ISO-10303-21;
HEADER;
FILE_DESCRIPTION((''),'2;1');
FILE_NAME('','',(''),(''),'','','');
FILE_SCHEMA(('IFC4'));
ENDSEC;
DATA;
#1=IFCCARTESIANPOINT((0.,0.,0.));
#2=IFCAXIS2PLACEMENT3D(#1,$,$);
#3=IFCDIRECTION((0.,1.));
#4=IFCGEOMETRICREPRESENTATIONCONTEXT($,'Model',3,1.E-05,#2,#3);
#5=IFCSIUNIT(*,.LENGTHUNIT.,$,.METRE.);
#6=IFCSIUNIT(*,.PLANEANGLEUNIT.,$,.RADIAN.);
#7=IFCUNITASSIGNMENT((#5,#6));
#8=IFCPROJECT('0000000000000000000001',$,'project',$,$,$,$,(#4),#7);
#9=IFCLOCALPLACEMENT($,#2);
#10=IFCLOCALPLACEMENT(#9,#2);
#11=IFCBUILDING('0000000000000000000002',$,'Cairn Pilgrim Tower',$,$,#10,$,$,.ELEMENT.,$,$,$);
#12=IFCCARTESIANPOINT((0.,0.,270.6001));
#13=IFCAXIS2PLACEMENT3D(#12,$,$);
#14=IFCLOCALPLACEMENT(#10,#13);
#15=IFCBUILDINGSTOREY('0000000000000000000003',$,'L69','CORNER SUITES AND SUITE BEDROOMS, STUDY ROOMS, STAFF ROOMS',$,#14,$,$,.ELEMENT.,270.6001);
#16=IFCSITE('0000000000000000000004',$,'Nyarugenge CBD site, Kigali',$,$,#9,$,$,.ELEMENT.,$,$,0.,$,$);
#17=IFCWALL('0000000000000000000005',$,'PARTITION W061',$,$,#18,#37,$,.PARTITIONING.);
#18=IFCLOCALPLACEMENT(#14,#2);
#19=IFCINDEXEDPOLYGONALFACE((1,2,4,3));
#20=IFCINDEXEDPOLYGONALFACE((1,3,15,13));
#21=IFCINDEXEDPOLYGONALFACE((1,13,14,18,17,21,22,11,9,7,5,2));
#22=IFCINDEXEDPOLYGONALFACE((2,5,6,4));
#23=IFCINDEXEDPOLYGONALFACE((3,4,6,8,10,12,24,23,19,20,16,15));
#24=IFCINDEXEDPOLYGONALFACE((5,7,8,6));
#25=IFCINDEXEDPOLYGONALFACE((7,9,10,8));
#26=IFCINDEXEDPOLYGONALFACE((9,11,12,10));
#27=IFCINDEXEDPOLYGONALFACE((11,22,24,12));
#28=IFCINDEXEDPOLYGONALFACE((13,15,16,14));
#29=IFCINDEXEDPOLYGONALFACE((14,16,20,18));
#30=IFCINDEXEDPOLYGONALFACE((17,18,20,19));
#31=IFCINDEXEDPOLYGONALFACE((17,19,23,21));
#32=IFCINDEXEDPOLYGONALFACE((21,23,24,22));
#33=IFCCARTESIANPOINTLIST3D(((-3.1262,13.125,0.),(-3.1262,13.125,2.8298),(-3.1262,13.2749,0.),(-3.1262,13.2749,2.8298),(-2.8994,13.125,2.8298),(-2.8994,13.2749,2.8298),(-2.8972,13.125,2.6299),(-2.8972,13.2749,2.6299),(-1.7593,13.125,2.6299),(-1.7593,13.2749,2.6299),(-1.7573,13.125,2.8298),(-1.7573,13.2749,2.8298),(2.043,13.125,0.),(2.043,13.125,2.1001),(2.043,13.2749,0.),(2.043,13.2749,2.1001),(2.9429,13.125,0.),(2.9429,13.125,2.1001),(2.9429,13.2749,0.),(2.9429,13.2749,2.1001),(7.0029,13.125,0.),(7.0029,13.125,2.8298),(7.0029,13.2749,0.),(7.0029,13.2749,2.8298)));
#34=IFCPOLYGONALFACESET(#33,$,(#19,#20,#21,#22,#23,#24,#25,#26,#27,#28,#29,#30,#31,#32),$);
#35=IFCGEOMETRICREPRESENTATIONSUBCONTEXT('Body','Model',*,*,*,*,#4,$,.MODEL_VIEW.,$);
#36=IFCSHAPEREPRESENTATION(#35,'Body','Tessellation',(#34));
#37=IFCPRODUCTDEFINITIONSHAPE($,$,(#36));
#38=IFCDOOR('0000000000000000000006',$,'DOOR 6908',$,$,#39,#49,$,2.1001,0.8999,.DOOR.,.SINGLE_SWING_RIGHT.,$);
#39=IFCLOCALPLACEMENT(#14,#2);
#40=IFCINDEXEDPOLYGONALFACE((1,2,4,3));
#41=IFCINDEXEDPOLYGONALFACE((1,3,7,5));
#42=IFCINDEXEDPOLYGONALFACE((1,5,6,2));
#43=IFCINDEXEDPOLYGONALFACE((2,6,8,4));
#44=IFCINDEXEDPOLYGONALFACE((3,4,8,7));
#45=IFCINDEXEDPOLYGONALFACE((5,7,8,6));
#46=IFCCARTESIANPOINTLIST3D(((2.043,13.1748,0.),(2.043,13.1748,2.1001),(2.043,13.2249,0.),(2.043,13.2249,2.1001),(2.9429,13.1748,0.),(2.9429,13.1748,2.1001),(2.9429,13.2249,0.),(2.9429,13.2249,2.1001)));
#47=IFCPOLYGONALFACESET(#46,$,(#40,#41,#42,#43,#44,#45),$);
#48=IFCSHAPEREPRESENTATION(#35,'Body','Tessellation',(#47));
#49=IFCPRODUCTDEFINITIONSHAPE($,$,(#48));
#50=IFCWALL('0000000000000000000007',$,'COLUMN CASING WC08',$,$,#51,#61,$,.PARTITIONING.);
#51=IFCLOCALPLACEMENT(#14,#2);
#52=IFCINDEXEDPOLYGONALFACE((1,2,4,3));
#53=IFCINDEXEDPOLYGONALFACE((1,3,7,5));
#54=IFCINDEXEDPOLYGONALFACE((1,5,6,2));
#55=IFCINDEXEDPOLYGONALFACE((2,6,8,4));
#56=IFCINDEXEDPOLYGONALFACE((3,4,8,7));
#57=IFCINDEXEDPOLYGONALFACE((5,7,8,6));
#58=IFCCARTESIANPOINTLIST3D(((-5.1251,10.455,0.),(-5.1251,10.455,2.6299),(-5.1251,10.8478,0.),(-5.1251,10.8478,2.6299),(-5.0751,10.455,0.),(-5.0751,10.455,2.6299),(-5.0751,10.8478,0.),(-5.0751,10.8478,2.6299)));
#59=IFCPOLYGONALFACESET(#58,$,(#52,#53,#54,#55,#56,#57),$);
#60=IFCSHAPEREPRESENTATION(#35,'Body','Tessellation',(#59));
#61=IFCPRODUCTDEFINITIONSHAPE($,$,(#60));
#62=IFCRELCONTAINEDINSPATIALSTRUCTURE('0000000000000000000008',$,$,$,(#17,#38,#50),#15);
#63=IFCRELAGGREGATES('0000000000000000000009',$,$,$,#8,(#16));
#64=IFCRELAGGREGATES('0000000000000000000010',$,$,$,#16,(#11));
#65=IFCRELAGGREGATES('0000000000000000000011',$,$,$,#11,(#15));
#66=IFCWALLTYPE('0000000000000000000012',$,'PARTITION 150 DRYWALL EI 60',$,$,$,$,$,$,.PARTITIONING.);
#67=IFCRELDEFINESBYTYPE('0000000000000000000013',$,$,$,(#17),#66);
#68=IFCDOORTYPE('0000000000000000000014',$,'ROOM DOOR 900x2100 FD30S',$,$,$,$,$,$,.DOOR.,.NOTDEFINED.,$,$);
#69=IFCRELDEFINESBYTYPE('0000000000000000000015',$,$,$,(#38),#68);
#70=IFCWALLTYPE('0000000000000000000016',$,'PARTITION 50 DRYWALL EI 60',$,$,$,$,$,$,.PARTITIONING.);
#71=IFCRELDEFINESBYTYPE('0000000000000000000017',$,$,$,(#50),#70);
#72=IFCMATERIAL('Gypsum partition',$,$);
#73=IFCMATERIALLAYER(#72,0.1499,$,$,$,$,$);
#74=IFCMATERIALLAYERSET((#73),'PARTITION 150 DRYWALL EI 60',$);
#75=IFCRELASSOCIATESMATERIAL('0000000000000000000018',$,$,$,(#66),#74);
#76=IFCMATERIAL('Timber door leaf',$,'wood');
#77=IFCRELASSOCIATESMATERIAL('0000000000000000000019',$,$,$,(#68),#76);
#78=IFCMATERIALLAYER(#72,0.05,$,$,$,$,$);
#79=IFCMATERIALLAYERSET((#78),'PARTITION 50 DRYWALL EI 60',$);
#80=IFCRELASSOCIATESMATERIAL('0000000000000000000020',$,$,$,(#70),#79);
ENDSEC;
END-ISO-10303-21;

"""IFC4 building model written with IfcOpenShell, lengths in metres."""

from ifc_helpers import new_model, si_unit, direction, frame, frame_2d, origin, place, context, subcontext, project, spatial, polyline, rectangle, outline, extrude, material, layer, layer_set, type_object, element, fill, save


model = new_model("IFC4")

# Units and contexts
model_context = context("Model", 3, precision=1e-05, world=origin(), true_north=direction((0.0, 1.0)))
body_context = subcontext(model_context, "Body", "Model", "MODEL_VIEW")
ifc_project = project(units=[si_unit("LENGTHUNIT", "METRE"), si_unit("PLANEANGLEUNIT", "RADIAN")], contexts=[model_context])

# Site, building, storey
site_placement = place(None, origin())
site = spatial("IfcSite", under=ifc_project, at=site_placement, Name="Nyarugenge CBD site, Kigali", CompositionType="ELEMENT", RefElevation=0.0)
building_placement = place(site_placement, origin())
building = spatial("IfcBuilding", under=site, at=building_placement, Name="Cairn Pilgrim Tower", CompositionType="ELEMENT")
storey_placement = place(building_placement, frame((0.0, 0.0, 270.6001)))
storey = spatial("IfcBuildingStorey", under=building, at=storey_placement, Name="L69", Description="CORNER SUITES AND SUITE BEDROOMS, STUDY ROOMS, STAFF ROOMS", CompositionType="ELEMENT", Elevation=270.6001)

# Shared definitions
ifc_material_1 = material(Name="Gypsum partition")
ifc_layer_1 = layer(ifc_material_1, 0.1499)
ifc_layer_set_1 = layer_set([ifc_layer_1], Name="PARTITION 150 DRYWALL EI 60")
wall_type_1 = type_object("IfcWallType", Name="PARTITION 150 DRYWALL EI 60", PredefinedType="PARTITIONING", material=ifc_layer_set_1)

# Wall, opening, door
wall_1_placement = place(storey_placement, frame((-3.1262, 13.2, 0.0), z_axis=(0.0, 0.0, 1.0), x_axis=(1.0, 0.0, 0.0)))
wall_1 = element("IfcWall", 1, at=wall_1_placement, inside=storey, type_object=wall_type_1, Name="PARTITION W061", PredefinedType="PARTITIONING", context=body_context, shape_type="SweptSolid", body=[
    extrude(outline(polyline([(0.0, 0.0), (10.1292, 0.0), (10.1292, 2.8298), (1.3689, 2.8298), (1.3669, 2.6299), (0.229, 2.6299), (0.2268, 2.8298), (0.0, 2.8298), (0.0, 0.0)])), frame((0.0, 0.075, 0.0), z_axis=(0.0, -1.0, 0.0), x_axis=(1.0, 0.0, 0.0)), (0.0, 0.0, 1.0), 0.1499),
])
opening_1_placement = place(wall_1_placement, frame((5.1692, 0.0, 0.0)))
opening_1 = element("IfcOpeningElement", 2, at=opening_1_placement, cuts=wall_1, PredefinedType="OPENING", context=body_context, shape_type="SweptSolid", body=[
    extrude(rectangle(XDim=0.8999, YDim=2.1001, at=frame_2d((0.45, 1.05))), frame((0.0, 0.085, 0.0), z_axis=(0.0, -1.0, 0.0), x_axis=(1.0, 0.0, 0.0)), (0.0, 0.0, 1.0), 0.1699),
])
ifc_material_2 = material(Name="Timber door leaf", Category="wood")
door_type_1 = type_object("IfcDoorType", Name="ROOM DOOR 900x2100 FD30S", OperationType="NOTDEFINED", PredefinedType="DOOR", material=ifc_material_2)
door_1_placement = place(opening_1_placement, origin())
door_1 = element("IfcDoor", 3, at=door_1_placement, inside=storey, type_object=door_type_1, Name="DOOR 6908", OperationType="SINGLE_SWING_RIGHT", OverallHeight=2.1001, OverallWidth=0.8999, PredefinedType="DOOR", context=body_context, shape_type="SweptSolid", body=[
    extrude(rectangle(XDim=0.8999, YDim=2.1001, at=frame_2d((0.45, 1.05))), frame((0.0, 0.0249, 0.0), z_axis=(0.0, -1.0, 0.0), x_axis=(1.0, 0.0, 0.0)), (0.0, 0.0, 1.0), 0.05),
])
fill(opening_1, door_1)

# Wall
ifc_layer_2 = layer(ifc_material_1, 0.05)
ifc_layer_set_2 = layer_set([ifc_layer_2], Name="PARTITION 50 DRYWALL EI 60")
wall_type_2 = type_object("IfcWallType", Name="PARTITION 50 DRYWALL EI 60", PredefinedType="PARTITIONING", material=ifc_layer_set_2)
wall_2_placement = place(storey_placement, frame((-5.1001, 10.4551, 0.0), z_axis=(0.0, 0.0, 1.0), x_axis=(0.0, 1.0, 0.0)))
element("IfcWall", 4, at=wall_2_placement, inside=storey, type_object=wall_type_2, Name="COLUMN CASING WC08", PredefinedType="PARTITIONING", context=body_context, shape_type="SweptSolid", body=[
    extrude(rectangle(XDim=0.3928, YDim=0.05, at=frame_2d((0.1963, 0.0))), origin(), (0.0, 0.0, 1.0), 2.6299),
])

save(model, "model.ifc")
